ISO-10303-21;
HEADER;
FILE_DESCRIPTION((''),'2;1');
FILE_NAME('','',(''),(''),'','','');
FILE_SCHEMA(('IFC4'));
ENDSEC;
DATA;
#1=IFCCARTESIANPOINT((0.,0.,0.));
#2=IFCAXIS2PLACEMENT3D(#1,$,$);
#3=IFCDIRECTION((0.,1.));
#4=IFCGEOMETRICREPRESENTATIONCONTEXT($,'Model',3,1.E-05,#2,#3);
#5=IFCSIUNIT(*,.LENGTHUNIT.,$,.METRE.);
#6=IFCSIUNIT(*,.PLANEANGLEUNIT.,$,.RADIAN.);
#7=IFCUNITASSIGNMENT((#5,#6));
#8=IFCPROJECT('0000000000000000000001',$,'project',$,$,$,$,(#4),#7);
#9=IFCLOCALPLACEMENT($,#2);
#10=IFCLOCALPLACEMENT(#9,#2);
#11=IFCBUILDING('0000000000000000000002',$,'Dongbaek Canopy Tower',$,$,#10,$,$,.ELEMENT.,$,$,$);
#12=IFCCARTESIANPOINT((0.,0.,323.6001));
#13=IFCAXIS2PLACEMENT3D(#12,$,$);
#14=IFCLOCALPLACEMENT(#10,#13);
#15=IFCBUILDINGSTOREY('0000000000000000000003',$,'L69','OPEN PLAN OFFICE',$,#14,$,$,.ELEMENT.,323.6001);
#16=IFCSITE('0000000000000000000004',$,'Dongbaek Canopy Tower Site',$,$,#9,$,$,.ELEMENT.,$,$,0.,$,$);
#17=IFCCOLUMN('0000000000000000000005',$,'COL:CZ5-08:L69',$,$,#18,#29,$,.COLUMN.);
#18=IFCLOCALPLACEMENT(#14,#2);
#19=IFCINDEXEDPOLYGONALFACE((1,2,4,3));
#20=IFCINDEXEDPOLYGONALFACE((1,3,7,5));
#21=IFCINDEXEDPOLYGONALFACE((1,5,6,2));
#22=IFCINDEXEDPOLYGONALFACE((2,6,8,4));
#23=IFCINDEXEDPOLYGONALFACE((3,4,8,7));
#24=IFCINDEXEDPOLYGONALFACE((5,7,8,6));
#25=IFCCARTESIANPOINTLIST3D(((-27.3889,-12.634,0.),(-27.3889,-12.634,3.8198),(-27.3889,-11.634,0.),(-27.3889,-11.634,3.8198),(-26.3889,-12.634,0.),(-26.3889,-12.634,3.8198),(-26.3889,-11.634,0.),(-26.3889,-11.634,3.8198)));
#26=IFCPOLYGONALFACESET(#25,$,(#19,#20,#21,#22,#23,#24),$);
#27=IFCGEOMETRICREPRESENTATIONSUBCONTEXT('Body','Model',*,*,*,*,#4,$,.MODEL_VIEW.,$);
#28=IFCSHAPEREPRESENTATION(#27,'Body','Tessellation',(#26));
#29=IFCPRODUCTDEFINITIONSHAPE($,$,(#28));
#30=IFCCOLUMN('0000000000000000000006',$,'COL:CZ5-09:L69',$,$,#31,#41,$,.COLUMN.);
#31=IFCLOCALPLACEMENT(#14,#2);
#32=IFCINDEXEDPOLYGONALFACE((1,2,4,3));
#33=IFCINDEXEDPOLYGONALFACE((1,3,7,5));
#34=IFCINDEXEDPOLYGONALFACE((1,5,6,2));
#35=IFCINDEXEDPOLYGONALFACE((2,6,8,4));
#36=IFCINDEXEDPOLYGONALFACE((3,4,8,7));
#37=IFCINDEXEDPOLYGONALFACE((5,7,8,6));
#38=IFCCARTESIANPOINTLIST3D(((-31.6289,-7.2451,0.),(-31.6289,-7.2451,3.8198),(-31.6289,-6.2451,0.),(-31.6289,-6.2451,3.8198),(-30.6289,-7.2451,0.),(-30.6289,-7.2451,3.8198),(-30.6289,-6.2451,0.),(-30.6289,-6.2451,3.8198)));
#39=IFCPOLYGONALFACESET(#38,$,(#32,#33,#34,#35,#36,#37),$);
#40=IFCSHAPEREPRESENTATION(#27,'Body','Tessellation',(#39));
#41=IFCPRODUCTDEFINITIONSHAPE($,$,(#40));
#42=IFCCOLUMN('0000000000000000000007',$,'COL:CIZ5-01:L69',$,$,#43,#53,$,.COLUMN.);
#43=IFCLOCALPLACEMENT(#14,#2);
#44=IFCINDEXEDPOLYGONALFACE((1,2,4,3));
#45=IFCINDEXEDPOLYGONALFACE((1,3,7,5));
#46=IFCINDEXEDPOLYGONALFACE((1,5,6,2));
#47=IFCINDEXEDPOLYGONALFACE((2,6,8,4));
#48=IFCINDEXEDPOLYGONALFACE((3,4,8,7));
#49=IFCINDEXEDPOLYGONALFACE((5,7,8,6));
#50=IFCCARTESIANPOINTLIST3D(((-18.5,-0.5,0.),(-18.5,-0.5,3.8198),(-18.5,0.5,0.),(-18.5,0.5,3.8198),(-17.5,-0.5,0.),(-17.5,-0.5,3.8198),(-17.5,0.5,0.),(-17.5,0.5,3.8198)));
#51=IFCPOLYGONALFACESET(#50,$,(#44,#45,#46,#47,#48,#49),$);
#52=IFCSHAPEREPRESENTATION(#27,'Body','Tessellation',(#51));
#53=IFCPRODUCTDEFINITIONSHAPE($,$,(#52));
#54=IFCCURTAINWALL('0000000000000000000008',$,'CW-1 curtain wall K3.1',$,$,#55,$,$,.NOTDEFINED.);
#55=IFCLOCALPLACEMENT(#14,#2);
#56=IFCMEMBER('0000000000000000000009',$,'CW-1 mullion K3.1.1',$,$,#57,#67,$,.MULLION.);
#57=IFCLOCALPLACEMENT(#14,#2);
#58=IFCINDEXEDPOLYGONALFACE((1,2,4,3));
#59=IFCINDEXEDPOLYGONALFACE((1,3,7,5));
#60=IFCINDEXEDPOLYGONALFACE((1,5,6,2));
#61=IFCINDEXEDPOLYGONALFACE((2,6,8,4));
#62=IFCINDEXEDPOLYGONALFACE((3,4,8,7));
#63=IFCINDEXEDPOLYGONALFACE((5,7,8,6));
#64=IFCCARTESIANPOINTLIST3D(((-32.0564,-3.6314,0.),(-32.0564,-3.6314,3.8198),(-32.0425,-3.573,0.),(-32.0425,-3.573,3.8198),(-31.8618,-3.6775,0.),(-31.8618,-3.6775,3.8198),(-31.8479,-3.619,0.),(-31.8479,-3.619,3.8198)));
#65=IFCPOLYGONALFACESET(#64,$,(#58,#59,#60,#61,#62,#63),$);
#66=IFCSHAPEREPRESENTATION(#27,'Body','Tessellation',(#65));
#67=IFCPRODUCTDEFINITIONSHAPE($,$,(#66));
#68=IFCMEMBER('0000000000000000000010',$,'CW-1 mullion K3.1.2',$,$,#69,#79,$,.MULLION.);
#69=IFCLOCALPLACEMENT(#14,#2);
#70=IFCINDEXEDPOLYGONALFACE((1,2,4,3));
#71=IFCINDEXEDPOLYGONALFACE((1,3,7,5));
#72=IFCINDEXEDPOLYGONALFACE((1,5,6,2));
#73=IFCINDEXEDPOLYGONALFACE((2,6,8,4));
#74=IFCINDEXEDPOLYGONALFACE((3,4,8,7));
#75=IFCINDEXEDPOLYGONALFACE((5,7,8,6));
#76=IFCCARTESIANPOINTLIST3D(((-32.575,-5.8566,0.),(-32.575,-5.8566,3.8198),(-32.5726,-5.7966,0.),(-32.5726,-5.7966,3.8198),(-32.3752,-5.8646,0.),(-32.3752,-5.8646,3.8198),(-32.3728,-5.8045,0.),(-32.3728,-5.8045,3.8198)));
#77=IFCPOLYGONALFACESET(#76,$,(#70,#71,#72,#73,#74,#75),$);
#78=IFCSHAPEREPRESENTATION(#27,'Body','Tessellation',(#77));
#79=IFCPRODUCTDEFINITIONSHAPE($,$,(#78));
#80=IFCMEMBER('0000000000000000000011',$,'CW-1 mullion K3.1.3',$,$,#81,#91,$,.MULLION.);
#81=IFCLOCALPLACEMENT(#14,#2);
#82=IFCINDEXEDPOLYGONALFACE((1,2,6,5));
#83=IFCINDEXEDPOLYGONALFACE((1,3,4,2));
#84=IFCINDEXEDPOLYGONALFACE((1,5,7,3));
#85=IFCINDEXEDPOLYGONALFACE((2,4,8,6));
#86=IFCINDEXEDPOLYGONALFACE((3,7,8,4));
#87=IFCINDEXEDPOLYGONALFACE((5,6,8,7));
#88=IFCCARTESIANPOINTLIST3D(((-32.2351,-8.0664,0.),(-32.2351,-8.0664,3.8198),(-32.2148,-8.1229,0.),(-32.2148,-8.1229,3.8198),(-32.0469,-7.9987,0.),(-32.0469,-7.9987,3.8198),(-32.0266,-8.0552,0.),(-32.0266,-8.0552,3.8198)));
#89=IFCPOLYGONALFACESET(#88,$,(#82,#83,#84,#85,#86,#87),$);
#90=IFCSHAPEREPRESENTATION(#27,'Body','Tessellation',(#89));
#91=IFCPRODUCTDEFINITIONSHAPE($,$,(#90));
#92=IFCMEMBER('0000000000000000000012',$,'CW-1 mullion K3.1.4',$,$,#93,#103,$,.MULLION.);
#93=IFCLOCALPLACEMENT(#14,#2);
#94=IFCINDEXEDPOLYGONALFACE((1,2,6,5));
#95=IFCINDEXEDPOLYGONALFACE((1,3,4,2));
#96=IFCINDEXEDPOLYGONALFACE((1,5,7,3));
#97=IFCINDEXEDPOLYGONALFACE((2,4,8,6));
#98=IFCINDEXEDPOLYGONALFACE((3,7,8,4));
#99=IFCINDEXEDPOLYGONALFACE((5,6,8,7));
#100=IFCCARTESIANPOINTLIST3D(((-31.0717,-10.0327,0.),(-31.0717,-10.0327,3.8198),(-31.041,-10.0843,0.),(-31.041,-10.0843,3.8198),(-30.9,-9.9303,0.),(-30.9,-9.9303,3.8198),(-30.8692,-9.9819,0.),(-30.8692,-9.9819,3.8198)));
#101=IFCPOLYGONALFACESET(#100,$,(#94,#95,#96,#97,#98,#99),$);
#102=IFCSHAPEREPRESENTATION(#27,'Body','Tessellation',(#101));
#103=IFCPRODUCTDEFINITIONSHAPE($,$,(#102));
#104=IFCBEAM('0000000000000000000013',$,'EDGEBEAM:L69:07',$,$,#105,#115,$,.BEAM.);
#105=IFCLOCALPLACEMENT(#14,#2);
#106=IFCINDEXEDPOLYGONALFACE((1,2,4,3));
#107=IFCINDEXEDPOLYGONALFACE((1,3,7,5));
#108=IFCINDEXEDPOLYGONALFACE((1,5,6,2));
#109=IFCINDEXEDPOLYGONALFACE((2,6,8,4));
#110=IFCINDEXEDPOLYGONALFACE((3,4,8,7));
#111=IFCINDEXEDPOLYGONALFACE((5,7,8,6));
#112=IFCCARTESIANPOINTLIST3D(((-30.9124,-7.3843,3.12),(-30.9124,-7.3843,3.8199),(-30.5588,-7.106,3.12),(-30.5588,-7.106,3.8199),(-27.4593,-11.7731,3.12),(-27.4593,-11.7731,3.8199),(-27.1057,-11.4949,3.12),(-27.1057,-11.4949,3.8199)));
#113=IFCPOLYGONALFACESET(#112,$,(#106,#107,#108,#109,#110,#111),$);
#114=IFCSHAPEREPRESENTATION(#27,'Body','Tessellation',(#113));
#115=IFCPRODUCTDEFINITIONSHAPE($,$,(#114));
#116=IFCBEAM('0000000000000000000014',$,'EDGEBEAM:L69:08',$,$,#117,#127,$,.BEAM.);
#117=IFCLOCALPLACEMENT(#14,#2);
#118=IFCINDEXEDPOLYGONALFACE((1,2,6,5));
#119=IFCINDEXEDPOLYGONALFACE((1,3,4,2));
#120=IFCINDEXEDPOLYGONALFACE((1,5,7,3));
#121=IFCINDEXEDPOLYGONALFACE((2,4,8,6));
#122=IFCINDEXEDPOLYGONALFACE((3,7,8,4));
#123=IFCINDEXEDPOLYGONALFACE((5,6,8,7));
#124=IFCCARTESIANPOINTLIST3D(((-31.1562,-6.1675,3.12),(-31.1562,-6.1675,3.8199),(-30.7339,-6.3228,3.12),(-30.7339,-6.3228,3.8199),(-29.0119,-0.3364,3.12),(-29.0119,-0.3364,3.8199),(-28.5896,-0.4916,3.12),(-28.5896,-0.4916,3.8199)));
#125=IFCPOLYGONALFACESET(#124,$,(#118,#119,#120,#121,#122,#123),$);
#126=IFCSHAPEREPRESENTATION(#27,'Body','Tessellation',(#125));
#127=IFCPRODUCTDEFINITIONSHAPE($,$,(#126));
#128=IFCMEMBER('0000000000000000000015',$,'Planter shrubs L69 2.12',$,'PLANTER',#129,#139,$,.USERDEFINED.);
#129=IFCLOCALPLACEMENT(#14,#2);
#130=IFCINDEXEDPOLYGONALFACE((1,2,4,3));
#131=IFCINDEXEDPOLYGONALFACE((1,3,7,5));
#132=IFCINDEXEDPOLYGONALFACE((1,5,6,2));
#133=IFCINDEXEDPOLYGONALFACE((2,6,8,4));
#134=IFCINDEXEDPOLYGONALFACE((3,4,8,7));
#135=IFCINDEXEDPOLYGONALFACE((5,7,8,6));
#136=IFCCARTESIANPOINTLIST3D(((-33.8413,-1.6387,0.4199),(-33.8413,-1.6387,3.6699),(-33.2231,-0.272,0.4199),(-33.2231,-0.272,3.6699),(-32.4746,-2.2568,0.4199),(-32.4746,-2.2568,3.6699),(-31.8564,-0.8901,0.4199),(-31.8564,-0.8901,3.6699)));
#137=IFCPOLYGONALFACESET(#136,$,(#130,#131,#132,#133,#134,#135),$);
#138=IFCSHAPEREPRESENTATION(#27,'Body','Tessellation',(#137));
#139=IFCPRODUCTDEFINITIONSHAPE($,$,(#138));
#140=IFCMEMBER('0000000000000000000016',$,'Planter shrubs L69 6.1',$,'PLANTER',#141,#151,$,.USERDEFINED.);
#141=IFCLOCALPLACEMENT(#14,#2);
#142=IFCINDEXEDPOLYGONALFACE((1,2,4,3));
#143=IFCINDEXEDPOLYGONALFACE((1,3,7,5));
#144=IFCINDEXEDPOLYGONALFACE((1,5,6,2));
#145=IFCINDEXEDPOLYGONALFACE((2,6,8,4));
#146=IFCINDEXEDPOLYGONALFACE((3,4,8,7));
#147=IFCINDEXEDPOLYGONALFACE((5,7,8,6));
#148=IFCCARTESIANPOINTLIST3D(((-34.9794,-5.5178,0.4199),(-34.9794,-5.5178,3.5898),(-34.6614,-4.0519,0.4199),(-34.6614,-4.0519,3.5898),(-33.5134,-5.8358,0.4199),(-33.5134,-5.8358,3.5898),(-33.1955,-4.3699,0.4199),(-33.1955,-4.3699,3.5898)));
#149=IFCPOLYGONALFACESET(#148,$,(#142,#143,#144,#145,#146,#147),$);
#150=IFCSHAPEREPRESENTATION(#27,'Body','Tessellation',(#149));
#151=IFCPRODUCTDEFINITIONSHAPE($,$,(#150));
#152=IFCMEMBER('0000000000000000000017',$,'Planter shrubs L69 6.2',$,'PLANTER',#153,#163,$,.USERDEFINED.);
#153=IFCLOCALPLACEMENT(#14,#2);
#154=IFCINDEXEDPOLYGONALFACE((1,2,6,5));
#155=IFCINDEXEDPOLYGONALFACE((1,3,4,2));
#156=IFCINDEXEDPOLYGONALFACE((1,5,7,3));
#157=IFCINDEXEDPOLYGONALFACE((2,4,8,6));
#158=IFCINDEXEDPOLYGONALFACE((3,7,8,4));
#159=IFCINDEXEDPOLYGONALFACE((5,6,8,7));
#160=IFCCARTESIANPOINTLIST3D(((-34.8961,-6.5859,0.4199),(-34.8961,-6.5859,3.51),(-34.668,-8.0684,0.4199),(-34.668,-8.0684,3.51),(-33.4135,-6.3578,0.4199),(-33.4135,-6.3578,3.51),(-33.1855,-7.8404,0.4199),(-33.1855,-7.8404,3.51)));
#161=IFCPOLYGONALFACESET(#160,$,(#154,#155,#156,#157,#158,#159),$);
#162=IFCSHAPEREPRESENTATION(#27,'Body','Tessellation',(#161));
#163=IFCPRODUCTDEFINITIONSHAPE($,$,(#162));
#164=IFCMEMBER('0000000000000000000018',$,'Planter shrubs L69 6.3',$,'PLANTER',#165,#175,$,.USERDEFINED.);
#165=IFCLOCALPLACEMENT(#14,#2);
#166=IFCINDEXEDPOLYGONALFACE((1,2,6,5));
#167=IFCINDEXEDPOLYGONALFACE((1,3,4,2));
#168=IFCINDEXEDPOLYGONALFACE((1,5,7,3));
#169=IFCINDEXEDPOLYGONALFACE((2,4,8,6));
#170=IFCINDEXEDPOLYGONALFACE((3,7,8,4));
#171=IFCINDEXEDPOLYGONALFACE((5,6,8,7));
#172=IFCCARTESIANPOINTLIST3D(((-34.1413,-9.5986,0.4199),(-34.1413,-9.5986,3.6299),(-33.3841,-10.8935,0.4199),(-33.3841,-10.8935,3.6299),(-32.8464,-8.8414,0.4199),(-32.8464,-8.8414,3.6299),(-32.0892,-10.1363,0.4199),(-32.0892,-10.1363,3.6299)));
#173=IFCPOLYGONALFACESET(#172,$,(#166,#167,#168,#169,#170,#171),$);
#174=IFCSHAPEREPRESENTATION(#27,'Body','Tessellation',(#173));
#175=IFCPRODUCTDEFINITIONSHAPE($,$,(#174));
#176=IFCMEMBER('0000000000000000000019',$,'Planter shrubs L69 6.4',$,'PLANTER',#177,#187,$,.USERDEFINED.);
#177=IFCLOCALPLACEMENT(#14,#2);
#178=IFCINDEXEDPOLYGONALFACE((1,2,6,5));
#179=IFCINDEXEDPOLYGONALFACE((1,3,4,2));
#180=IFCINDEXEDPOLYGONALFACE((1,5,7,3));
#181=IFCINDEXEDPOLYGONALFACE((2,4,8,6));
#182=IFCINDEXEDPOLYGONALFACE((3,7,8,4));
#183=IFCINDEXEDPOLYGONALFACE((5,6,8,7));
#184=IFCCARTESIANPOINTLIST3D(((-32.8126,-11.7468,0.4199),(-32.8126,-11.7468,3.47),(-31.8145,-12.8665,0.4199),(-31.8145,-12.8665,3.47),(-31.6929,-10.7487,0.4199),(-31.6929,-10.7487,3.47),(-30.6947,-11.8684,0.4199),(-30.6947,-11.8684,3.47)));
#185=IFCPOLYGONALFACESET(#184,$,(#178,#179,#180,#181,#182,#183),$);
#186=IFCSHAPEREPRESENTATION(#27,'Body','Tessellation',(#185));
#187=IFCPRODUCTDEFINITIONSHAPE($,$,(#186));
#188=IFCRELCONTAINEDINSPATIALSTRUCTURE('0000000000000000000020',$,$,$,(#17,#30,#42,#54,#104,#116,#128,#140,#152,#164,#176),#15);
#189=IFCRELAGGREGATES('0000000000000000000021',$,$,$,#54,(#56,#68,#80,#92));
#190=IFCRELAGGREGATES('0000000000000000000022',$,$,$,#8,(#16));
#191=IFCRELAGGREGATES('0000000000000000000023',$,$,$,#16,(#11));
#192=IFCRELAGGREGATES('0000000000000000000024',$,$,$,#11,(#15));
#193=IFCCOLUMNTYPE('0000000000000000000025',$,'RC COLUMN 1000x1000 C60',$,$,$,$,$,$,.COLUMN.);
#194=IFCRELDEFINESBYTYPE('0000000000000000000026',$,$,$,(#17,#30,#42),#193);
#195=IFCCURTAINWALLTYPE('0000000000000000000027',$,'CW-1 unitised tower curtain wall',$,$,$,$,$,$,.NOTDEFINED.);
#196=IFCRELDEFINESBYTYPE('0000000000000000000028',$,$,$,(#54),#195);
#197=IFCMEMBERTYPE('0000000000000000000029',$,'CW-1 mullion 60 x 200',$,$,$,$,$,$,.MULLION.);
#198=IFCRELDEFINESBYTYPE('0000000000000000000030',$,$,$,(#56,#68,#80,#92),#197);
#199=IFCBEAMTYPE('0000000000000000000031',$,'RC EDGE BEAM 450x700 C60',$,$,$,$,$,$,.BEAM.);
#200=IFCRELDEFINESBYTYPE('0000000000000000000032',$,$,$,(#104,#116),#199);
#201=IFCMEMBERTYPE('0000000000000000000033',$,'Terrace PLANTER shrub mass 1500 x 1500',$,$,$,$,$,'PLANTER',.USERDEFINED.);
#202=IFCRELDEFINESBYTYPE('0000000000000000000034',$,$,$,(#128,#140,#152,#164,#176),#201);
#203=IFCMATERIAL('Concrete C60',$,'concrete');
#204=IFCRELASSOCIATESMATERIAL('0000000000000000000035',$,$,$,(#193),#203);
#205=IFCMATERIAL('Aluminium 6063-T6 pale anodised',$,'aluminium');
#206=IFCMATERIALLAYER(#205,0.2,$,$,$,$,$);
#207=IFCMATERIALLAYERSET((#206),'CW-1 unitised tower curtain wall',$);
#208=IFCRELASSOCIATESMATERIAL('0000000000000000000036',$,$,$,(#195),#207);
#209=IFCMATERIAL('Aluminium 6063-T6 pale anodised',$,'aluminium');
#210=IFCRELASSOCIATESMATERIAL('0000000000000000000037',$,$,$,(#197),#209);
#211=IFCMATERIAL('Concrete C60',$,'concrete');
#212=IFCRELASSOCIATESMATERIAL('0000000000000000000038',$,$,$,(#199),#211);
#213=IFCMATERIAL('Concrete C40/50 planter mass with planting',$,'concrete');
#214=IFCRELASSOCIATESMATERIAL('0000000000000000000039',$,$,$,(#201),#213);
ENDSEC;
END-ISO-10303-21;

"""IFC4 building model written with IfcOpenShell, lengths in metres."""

from ifc_helpers import new_model, si_unit, direction, frame, origin, origin_2d, place, context, subcontext, project, spatial, rectangle, extrude, material, layer, layer_set, material_profile, profile_set, type_object, element, aggregate, save


model = new_model("IFC4")

# Units and contexts
model_context = context("Model", 3, precision=1e-05, world=origin(), true_north=direction((0.0, 1.0)))
body_context = subcontext(model_context, "Body", "Model", "MODEL_VIEW")
ifc_project = project(units=[si_unit("LENGTHUNIT", "METRE"), si_unit("PLANEANGLEUNIT", "RADIAN")], contexts=[model_context])

# Site, building, storey
site_placement = place(None, origin())
site = spatial("IfcSite", under=ifc_project, at=site_placement, Name="Dongbaek Canopy Tower Site", CompositionType="ELEMENT", RefElevation=0.0)
building_placement = place(site_placement, origin())
building = spatial("IfcBuilding", under=site, at=building_placement, Name="Dongbaek Canopy Tower", CompositionType="ELEMENT")
storey_placement = place(building_placement, frame((0.0, 0.0, 323.6001)))
storey = spatial("IfcBuildingStorey", under=building, at=storey_placement, Name="L69", Description="OPEN PLAN OFFICE", CompositionType="ELEMENT", Elevation=323.6001)

# Columns
ifc_material_1 = material(Name="Concrete C60", Category="concrete")
ifc_material_profile_1 = material_profile(ifc_material_1, rectangle(XDim=1.0, YDim=1.0, at=origin_2d()), Name="RC COLUMN 1000x1000 C60")
ifc_profile_set_1 = profile_set([ifc_material_profile_1], Name="Concrete C60")
column_type = type_object("IfcColumnType", Name="RC COLUMN 1000x1000 C60", PredefinedType="COLUMN", material=ifc_profile_set_1)
for number, where, z_axis, x_axis, name in (
    (1, (-26.8889, -12.134, 0.0), (0.0, 0.0, 1.0), (1.0, 0.0, 0.0), "COL:CZ5-08:L69"),
    (2, (-31.1289, -6.7451, 0.0), (0.0, 0.0, 1.0), (1.0, 0.0, 0.0), "COL:CZ5-09:L69"),
    (3, (-18.0, 0.0, 0.0), (0.0, 0.0, 1.0), (1.0, 0.0, 0.0), "COL:CIZ5-01:L69"),
):
    element("IfcColumn", number, at=place(storey_placement, frame(where, z_axis=z_axis, x_axis=x_axis)), inside=storey, type_object=column_type, Name=name, PredefinedType="COLUMN", context=body_context, shape_type="SweptSolid", body=[
        extrude(rectangle(XDim=1.0, YDim=1.0, at=origin_2d()), origin(), (0.0, 0.0, 1.0), 3.8198),
    ])

# Curtain wall, members
ifc_material_2 = material(Name="Aluminium 6063-T6 pale anodised", Category="aluminium")
ifc_layer_1 = layer(ifc_material_2, 0.2)
ifc_layer_set_1 = layer_set([ifc_layer_1], Name="CW-1 unitised tower curtain wall")
curtain_wall_type = type_object("IfcCurtainWallType", Name="CW-1 unitised tower curtain wall", PredefinedType="NOTDEFINED", material=ifc_layer_set_1)
curtain_wall_placement = place(storey_placement, origin())
curtain_wall = element("IfcCurtainWall", 4, at=curtain_wall_placement, inside=storey, type_object=curtain_wall_type, Name="CW-1 curtain wall K3.1", PredefinedType="NOTDEFINED")
ifc_material_3 = material(Name="Aluminium 6063-T6 pale anodised", Category="aluminium")
ifc_material_profile_2 = material_profile(ifc_material_3, rectangle(XDim=0.2, YDim=0.0601, at=origin_2d()), Name="CW-1 mullion 60 x 200")
ifc_profile_set_2 = profile_set([ifc_material_profile_2], Name="Aluminium 6063-T6 pale anodised")
member_type_1 = type_object("IfcMemberType", Name="CW-1 mullion 60 x 200", PredefinedType="MULLION", material=ifc_profile_set_2)
member_1_placement = place(storey_placement, frame((-31.9521, -3.6252, 0.0), z_axis=(0.0, 0.0, 1.0), x_axis=(-0.973136, 0.230232, 0.0)))
member_1 = element("IfcMember", 5, at=member_1_placement, type_object=member_type_1, Name="CW-1 mullion K3.1.1", PredefinedType="MULLION", context=body_context, shape_type="SweptSolid", body=[
    extrude(rectangle(XDim=0.2, YDim=0.0601, at=origin_2d()), origin(), (0.0, 0.0, 1.0), 3.8198),
])
member_2_placement = place(storey_placement, frame((-32.4739, -5.8306, 0.0), z_axis=(0.0, 0.0, 1.0), x_axis=(-0.999206, 0.039839, 0.0)))
member_2 = element("IfcMember", 6, at=member_2_placement, type_object=member_type_1, Name="CW-1 mullion K3.1.2", PredefinedType="MULLION", context=body_context, shape_type="SweptSolid", body=[
    extrude(rectangle(XDim=0.2, YDim=0.0601, at=origin_2d()), origin(), (0.0, 0.0, 1.0), 3.8198),
])
member_3_placement = place(storey_placement, frame((-32.1309, -8.0608, 0.0), z_axis=(0.0, 0.0, 1.0), x_axis=(-0.941048, -0.338274, 0.0)))
member_3 = element("IfcMember", 7, at=member_3_placement, type_object=member_type_1, Name="CW-1 mullion K3.1.3", PredefinedType="MULLION", context=body_context, shape_type="SweptSolid", body=[
    extrude(rectangle(XDim=0.2, YDim=0.0601, at=origin_2d()), origin(), (0.0, 0.0, 1.0), 3.8198),
])
member_4_placement = place(storey_placement, frame((-30.9705, -10.0073, 0.0), z_axis=(0.0, 0.0, 1.0), x_axis=(-0.858967, -0.512031, 0.0)))
member_4 = element("IfcMember", 8, at=member_4_placement, type_object=member_type_1, Name="CW-1 mullion K3.1.4", PredefinedType="MULLION", context=body_context, shape_type="SweptSolid", body=[
    extrude(rectangle(XDim=0.2, YDim=0.0601, at=origin_2d()), origin(), (0.0, 0.0, 1.0), 3.8198),
])

# Beams
ifc_material_4 = material(Name="Concrete C60", Category="concrete")
ifc_material_profile_3 = material_profile(ifc_material_4, rectangle(XDim=0.45, YDim=0.7, at=origin_2d()), Name="RC EDGE BEAM 450x700 C60")
ifc_profile_set_3 = profile_set([ifc_material_profile_3], Name="Concrete C60")
beam_type = type_object("IfcBeamType", Name="RC EDGE BEAM 450x700 C60", PredefinedType="BEAM", material=ifc_profile_set_3)
beam_1_placement = place(storey_placement, frame((-27.2825, -11.634, 3.47), z_axis=(-0.618341, 0.78591, 0.0), x_axis=(-0.78591, -0.618341, 0.0)))
element("IfcBeam", 9, at=beam_1_placement, inside=storey, type_object=beam_type, Name="EDGEBEAM:L69:07", PredefinedType="BEAM", context=body_context, shape_type="SweptSolid", body=[
    extrude(rectangle(XDim=0.45, YDim=0.7, at=origin_2d()), origin(), (0.0, 0.0, 1.0), 5.5845),
])
beam_2_placement = place(storey_placement, frame((-30.9451, -6.2451, 3.47), z_axis=(0.345139, 0.938552, 0.0), x_axis=(-0.938552, 0.345139, 0.0)))
element("IfcBeam", 10, at=beam_2_placement, inside=storey, type_object=beam_type, Name="EDGEBEAM:L69:08", PredefinedType="BEAM", context=body_context, shape_type="SweptSolid", body=[
    extrude(rectangle(XDim=0.45, YDim=0.7, at=origin_2d()), origin(), (0.0, 0.0, 1.0), 6.2129),
])

# Members
ifc_material_5 = material(Name="Concrete C40/50 planter mass with planting", Category="concrete")
ifc_material_profile_4 = material_profile(ifc_material_5, rectangle(XDim=1.5, YDim=1.5, at=origin_2d()), Name="Terrace PLANTER shrub mass 1500 x 1500")
ifc_profile_set_4 = profile_set([ifc_material_profile_4], Name="Concrete C40/50 planter mass with planting")
member_type_2 = type_object("IfcMemberType", Name="Terrace PLANTER shrub mass 1500 x 1500", ElementType="PLANTER", PredefinedType="USERDEFINED", material=ifc_profile_set_4)
member_5_placement = place(storey_placement, frame((-32.8489, -1.2644, 0.4199), z_axis=(0.0, 0.0, 1.0), x_axis=(-0.911129, 0.412122, 0.0)))
element("IfcMember", 11, at=member_5_placement, inside=storey, type_object=member_type_2, Name="Planter shrubs L69 2.12", ObjectType="PLANTER", PredefinedType="USERDEFINED", context=body_context, shape_type="SweptSolid", body=[
    extrude(rectangle(XDim=1.5, YDim=1.5, at=origin_2d()), origin(), (0.0, 0.0, 1.0), 3.25),
])
member_6_placement = place(storey_placement, frame((-34.0874, -4.9438, 0.4199), z_axis=(0.0, 0.0, 1.0), x_axis=(-0.97727, 0.211996, 0.0)))
element("IfcMember", 12, at=member_6_placement, inside=storey, type_object=member_type_2, Name="Planter shrubs L69 6.1", ObjectType="PLANTER", PredefinedType="USERDEFINED", context=body_context, shape_type="SweptSolid", body=[
    extrude(rectangle(XDim=1.5, YDim=1.5, at=origin_2d()), origin(), (0.0, 0.0, 1.0), 3.1699),
])
member_7_placement = place(storey_placement, frame((-34.0408, -7.2131, 0.4199), z_axis=(0.0, 0.0, 1.0), x_axis=(-0.988377, -0.152024, 0.0)))
element("IfcMember", 13, at=member_7_placement, inside=storey, type_object=member_type_2, Name="Planter shrubs L69 6.2", ObjectType="PLANTER", PredefinedType="USERDEFINED", context=body_context, shape_type="SweptSolid", body=[
    extrude(rectangle(XDim=1.5, YDim=1.5, at=origin_2d()), origin(), (0.0, 0.0, 1.0), 3.0901),
])
member_8_placement = place(storey_placement, frame((-33.1152, -9.8674, 0.4199), z_axis=(0.0, 0.0, 1.0), x_axis=(-0.863242, -0.50479, 0.0)))
element("IfcMember", 14, at=member_8_placement, inside=storey, type_object=member_type_2, Name="Planter shrubs L69 6.3", ObjectType="PLANTER", PredefinedType="USERDEFINED", context=body_context, shape_type="SweptSolid", body=[
    extrude(rectangle(XDim=1.5, YDim=1.5, at=origin_2d()), origin(), (0.0, 0.0, 1.0), 3.21),
])
member_9_placement = place(storey_placement, frame((-31.7537, -11.8076, 0.4199), z_axis=(0.0, 0.0, 1.0), x_axis=(-0.746479, -0.665409, 0.0)))
element("IfcMember", 15, at=member_9_placement, inside=storey, type_object=member_type_2, Name="Planter shrubs L69 6.4", ObjectType="PLANTER", PredefinedType="USERDEFINED", context=body_context, shape_type="SweptSolid", body=[
    extrude(rectangle(XDim=1.5, YDim=1.5, at=origin_2d()), origin(), (0.0, 0.0, 1.0), 3.05),
])

aggregate(curtain_wall, [member_1, member_2, member_3, member_4])

save(model, "model.ifc")
